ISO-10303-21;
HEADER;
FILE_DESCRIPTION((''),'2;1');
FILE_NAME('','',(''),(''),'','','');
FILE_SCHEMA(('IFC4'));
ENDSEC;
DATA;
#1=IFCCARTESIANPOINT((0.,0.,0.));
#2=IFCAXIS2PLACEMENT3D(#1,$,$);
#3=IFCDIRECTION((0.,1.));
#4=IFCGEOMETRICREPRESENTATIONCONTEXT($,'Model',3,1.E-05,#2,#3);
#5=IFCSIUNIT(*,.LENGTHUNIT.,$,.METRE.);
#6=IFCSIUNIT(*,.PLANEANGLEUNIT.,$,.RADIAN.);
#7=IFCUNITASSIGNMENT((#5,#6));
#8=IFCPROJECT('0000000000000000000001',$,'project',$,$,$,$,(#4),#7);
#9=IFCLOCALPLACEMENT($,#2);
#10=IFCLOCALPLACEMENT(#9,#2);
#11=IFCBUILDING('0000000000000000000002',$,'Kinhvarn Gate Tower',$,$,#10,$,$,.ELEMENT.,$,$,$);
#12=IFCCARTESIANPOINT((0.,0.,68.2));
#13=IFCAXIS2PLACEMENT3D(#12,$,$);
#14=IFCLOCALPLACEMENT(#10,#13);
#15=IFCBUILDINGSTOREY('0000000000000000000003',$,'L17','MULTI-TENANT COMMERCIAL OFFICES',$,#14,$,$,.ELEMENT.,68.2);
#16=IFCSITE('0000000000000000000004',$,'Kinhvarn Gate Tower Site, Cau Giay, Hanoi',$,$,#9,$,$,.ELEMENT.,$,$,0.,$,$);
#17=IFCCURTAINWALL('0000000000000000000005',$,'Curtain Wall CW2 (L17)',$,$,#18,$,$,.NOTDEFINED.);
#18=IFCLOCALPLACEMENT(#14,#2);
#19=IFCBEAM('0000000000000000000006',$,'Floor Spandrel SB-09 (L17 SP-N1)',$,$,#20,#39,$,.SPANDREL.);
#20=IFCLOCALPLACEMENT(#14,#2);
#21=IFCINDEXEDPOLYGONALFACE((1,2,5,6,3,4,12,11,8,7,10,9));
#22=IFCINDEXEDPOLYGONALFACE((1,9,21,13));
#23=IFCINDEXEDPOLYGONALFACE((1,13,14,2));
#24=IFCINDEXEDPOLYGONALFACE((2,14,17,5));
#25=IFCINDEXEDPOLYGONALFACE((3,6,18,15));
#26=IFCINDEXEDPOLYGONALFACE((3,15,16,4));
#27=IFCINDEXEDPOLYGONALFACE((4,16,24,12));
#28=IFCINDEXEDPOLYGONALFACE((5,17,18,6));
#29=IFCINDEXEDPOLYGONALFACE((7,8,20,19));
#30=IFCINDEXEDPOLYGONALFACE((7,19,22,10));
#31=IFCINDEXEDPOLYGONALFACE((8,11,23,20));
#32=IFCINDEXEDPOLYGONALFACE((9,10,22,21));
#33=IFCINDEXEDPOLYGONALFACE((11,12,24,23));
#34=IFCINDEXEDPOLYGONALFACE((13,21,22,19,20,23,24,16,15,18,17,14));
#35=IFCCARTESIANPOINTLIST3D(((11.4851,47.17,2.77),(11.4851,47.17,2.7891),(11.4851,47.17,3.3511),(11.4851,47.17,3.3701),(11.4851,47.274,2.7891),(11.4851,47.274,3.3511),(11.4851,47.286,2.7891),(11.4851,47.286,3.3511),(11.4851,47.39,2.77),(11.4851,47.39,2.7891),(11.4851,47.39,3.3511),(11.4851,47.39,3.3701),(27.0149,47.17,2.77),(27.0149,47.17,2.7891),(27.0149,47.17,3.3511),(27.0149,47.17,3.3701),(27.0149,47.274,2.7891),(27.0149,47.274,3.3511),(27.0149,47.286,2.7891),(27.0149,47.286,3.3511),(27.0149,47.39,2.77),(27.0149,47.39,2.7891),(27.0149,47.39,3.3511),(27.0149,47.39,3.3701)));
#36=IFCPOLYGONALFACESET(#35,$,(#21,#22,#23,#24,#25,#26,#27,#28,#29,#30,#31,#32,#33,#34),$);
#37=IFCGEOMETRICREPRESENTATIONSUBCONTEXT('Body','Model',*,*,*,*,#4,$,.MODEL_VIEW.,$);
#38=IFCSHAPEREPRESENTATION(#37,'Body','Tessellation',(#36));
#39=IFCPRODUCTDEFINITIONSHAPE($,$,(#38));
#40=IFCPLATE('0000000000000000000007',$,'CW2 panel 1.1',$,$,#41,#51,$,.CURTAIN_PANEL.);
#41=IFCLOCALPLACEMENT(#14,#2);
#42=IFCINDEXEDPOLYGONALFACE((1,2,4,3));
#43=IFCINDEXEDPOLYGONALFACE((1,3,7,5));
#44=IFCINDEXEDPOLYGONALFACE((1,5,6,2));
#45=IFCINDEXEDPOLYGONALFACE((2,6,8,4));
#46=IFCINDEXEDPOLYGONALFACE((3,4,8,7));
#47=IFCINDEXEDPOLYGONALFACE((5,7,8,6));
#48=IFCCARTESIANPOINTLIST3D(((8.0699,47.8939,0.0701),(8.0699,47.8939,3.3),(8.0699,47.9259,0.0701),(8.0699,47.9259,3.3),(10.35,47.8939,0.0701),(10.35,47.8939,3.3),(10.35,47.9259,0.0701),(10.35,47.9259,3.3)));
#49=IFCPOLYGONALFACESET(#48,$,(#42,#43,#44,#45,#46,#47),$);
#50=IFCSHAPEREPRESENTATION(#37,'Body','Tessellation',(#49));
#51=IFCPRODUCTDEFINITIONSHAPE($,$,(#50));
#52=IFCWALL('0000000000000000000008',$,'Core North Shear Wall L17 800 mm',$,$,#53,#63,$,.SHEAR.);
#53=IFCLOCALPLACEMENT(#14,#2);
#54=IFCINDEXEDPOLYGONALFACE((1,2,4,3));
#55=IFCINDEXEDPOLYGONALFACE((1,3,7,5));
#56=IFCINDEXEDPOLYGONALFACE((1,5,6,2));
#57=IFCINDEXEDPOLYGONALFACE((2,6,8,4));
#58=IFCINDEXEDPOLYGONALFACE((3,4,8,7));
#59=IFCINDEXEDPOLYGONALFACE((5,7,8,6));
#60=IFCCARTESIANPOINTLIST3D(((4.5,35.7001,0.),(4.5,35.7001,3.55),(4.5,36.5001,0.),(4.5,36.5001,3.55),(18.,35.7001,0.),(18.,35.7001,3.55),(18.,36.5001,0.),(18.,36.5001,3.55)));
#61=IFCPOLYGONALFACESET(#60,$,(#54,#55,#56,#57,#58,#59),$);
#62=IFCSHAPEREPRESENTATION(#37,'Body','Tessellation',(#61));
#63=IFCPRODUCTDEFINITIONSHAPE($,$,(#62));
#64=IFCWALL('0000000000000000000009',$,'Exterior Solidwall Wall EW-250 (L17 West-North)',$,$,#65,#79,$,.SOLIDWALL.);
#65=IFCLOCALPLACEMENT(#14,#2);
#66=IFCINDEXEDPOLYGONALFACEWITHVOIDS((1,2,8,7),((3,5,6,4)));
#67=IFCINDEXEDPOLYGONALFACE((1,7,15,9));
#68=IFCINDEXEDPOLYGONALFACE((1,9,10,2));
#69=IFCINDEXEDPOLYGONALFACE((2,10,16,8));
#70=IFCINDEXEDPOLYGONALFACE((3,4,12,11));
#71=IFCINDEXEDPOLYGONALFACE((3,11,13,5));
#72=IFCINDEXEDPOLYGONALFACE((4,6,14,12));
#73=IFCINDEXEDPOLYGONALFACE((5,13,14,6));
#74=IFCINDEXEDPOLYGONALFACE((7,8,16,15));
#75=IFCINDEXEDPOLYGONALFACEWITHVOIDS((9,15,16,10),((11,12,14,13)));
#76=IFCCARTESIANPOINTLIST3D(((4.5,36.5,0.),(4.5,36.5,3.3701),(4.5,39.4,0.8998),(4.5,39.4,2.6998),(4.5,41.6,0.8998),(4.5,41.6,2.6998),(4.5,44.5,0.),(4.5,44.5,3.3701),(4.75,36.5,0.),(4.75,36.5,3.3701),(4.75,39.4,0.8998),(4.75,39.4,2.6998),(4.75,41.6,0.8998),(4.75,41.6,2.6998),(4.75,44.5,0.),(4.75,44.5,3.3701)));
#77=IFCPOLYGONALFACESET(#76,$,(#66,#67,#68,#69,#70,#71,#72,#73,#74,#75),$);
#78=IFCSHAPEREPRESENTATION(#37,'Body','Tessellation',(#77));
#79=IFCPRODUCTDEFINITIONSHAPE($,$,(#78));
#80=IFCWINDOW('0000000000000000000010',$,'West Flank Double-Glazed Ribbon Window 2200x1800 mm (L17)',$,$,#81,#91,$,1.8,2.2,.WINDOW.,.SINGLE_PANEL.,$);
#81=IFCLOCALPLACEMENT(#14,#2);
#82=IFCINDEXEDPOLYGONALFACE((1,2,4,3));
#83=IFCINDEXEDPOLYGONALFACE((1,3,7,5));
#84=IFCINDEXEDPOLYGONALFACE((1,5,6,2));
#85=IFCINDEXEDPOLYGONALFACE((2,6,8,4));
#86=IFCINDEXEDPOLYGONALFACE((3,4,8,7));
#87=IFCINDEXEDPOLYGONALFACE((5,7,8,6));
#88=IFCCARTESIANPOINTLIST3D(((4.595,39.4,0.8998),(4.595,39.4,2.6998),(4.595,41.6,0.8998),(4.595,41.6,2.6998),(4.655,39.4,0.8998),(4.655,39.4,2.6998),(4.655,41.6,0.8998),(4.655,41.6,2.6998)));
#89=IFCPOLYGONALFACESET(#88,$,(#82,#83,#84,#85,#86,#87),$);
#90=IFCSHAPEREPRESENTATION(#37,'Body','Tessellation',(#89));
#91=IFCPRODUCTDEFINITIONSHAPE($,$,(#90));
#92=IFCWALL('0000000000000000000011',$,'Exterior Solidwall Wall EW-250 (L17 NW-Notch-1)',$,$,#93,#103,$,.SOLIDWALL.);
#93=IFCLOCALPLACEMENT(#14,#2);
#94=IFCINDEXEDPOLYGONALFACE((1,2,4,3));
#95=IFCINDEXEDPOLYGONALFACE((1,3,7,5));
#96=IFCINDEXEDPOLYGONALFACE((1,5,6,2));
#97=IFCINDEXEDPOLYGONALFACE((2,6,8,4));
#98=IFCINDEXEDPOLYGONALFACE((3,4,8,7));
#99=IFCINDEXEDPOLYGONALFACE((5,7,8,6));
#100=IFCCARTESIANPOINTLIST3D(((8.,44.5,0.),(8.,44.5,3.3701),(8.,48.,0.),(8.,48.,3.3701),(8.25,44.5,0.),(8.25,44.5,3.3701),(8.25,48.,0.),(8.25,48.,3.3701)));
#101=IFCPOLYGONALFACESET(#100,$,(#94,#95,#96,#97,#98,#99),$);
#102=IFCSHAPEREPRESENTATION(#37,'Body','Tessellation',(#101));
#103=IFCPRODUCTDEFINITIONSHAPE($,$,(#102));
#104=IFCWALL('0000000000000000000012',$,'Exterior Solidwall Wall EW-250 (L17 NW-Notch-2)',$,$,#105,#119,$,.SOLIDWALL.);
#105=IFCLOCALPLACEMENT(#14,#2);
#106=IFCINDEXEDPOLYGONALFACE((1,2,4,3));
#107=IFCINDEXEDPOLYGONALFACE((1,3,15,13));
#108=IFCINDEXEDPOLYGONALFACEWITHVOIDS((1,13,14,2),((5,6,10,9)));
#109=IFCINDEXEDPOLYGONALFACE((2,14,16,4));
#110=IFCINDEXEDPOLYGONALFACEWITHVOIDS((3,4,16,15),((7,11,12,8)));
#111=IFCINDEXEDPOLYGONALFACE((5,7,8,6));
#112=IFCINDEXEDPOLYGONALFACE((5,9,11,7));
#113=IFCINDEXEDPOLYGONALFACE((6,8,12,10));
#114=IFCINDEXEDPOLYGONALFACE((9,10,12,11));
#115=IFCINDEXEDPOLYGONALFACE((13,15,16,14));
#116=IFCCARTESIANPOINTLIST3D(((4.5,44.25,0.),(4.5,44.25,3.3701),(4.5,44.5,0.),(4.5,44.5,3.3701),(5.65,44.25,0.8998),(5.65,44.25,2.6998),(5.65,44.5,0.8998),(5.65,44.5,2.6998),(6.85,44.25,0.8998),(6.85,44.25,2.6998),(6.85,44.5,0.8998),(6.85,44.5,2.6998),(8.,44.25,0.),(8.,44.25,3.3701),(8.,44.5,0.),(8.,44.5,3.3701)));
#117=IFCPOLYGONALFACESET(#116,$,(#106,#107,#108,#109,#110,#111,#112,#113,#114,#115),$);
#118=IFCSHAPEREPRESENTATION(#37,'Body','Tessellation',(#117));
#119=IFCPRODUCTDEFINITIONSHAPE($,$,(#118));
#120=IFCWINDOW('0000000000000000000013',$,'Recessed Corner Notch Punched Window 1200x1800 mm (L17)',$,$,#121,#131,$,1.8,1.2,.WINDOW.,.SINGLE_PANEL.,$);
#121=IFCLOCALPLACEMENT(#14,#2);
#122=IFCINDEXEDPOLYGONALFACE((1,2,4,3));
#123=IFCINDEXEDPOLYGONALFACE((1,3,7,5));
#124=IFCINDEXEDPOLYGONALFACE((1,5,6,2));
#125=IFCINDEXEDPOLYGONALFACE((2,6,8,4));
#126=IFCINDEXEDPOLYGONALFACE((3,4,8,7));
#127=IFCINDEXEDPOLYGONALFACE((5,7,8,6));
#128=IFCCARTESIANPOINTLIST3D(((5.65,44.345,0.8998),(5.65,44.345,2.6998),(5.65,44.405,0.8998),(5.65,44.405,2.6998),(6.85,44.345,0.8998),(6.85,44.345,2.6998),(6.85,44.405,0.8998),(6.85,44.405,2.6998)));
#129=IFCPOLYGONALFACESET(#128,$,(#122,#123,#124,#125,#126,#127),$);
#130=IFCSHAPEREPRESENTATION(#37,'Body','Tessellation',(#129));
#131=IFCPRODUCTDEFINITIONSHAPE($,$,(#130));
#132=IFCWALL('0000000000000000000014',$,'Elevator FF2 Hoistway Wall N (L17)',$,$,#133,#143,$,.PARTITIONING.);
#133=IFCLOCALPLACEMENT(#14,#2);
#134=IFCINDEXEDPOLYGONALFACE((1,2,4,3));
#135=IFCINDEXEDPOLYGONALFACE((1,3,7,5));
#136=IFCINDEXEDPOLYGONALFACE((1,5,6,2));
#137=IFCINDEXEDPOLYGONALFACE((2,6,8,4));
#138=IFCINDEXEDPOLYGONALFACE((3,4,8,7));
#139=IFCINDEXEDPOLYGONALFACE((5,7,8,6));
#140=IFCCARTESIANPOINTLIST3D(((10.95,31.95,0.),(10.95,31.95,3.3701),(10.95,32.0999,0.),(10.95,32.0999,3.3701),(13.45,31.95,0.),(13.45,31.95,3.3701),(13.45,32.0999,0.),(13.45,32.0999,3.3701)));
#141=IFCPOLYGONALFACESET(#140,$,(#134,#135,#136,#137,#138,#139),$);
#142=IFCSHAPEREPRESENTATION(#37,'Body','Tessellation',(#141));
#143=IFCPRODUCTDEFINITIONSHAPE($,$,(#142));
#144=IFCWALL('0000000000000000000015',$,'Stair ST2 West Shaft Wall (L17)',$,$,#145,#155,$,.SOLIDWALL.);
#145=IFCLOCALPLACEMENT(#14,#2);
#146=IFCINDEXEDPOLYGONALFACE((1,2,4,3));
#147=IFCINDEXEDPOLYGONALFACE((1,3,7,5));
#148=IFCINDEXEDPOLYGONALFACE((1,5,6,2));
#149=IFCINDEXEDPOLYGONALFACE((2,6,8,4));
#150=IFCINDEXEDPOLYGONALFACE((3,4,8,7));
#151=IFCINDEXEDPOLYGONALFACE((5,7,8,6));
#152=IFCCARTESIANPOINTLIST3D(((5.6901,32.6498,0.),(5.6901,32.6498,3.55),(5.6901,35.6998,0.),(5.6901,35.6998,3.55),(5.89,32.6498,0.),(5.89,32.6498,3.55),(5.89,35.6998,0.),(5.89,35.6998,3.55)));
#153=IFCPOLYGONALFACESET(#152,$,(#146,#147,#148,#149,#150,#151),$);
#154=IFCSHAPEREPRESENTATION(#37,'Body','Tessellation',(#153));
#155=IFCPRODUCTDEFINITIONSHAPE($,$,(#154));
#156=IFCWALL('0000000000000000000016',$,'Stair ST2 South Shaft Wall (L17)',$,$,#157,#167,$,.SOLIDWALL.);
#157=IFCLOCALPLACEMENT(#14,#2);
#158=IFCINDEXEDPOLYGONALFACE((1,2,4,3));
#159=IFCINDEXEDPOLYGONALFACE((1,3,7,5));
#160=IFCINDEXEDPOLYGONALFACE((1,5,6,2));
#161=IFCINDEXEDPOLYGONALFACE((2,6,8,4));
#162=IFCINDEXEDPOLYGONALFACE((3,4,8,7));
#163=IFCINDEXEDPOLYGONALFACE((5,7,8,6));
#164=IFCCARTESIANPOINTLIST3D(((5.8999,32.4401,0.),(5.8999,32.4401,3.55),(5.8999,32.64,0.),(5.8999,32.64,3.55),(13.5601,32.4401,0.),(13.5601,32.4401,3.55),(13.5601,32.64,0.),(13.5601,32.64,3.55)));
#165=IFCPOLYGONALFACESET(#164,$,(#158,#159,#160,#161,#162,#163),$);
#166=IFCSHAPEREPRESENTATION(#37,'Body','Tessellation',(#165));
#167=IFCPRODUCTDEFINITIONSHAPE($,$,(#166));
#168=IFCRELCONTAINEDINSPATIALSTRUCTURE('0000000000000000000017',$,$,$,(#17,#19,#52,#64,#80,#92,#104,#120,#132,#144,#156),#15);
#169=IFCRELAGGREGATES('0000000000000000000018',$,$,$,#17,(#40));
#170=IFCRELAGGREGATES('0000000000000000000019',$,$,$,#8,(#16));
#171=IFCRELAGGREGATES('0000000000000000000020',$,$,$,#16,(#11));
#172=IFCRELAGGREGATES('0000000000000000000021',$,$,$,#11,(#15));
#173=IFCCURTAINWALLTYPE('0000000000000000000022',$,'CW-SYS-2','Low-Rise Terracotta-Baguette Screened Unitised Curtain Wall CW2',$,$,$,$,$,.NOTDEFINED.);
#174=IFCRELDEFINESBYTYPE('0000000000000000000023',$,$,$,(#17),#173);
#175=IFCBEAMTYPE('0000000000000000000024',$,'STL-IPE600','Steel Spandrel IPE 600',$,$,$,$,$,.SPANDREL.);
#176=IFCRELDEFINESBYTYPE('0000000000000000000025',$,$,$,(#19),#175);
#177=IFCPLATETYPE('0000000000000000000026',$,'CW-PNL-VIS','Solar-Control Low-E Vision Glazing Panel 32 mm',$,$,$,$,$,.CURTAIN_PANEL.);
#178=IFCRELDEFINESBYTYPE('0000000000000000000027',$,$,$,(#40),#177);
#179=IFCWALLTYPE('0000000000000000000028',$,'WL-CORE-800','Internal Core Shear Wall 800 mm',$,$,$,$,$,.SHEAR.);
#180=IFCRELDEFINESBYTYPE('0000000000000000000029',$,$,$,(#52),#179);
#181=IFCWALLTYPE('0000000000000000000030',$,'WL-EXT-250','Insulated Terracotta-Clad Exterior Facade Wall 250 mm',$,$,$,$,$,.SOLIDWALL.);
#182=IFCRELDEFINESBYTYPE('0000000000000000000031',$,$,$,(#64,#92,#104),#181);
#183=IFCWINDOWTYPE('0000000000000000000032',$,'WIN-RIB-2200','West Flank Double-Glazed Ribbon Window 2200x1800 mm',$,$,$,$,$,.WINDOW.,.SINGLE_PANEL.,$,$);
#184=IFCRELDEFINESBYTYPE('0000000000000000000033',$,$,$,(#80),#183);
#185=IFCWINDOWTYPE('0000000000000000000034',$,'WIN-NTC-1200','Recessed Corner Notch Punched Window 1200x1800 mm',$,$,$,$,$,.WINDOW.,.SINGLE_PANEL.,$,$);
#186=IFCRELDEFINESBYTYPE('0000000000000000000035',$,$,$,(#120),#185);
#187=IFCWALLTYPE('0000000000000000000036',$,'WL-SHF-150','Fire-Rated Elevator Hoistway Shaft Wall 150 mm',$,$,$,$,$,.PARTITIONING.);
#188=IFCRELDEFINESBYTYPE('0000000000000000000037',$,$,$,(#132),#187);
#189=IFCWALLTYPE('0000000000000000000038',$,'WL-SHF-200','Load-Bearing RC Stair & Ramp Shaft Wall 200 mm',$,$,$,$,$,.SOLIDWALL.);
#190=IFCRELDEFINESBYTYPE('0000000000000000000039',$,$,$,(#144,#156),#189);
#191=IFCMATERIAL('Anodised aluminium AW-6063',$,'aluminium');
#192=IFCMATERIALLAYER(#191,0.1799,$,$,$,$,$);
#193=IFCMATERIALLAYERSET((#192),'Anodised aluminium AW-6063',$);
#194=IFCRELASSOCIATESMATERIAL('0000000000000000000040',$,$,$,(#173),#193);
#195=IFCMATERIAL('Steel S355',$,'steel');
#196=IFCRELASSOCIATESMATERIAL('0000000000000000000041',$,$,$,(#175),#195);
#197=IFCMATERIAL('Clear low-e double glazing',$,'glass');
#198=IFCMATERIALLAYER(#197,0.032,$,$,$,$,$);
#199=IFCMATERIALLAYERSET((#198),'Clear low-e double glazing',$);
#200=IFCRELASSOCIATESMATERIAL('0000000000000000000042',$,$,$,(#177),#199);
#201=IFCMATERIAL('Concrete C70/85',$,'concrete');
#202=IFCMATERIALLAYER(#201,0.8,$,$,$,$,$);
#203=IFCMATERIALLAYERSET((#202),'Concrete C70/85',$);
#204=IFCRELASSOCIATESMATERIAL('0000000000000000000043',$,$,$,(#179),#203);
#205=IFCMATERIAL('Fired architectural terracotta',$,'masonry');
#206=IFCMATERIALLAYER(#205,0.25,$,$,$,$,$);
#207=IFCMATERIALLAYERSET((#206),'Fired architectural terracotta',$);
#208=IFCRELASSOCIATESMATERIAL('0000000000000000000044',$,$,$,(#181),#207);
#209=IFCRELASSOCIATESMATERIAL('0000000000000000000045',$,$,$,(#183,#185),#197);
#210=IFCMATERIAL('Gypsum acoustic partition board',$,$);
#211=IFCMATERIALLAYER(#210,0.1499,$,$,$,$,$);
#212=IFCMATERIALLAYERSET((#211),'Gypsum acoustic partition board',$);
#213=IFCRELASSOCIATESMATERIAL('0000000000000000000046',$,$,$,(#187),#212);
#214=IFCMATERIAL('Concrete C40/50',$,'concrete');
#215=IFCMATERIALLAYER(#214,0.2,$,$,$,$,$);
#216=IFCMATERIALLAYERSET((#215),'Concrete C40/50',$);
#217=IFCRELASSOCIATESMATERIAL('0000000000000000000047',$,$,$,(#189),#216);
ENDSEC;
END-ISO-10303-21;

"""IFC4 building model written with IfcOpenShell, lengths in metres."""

from ifc_helpers import new_model, si_unit, direction, frame, frame_2d, origin, origin_2d, place, context, subcontext, project, spatial, rectangle, i_section, extrude, material, layer, layer_set, material_profile, profile_set, type_object, element, fill, aggregate, save


model = new_model("IFC4")

# Units and contexts
model_context = context("Model", 3, precision=1e-05, world=origin(), true_north=direction((0.0, 1.0)))
body_context = subcontext(model_context, "Body", "Model", "MODEL_VIEW")
ifc_project = project(units=[si_unit("LENGTHUNIT", "METRE"), si_unit("PLANEANGLEUNIT", "RADIAN")], contexts=[model_context])

# Site, building, storey
site_placement = place(None, origin())
site = spatial("IfcSite", under=ifc_project, at=site_placement, Name="Kinhvarn Gate Tower Site, Cau Giay, Hanoi", CompositionType="ELEMENT", RefElevation=0.0)
building_placement = place(site_placement, origin())
building = spatial("IfcBuilding", under=site, at=building_placement, Name="Kinhvarn Gate Tower", CompositionType="ELEMENT")
storey_placement = place(building_placement, frame((0.0, 0.0, 68.2)))
storey = spatial("IfcBuildingStorey", under=building, at=storey_placement, Name="L17", Description="MULTI-TENANT COMMERCIAL OFFICES", CompositionType="ELEMENT", Elevation=68.2)

# Shared definitions
ifc_material_1 = material(Name="Concrete C70/85", Category="concrete")

# Curtain wall
ifc_material_2 = material(Name="Anodised aluminium AW-6063", Category="aluminium")
ifc_layer_1 = layer(ifc_material_2, 0.1799)
ifc_layer_set_1 = layer_set([ifc_layer_1], Name="Anodised aluminium AW-6063")
curtain_wall_type = type_object("IfcCurtainWallType", Name="CW-SYS-2", Description="Low-Rise Terracotta-Baguette Screened Unitised Curtain Wall CW2", PredefinedType="NOTDEFINED", material=ifc_layer_set_1)
curtain_wall_placement = place(storey_placement, origin())
curtain_wall = element("IfcCurtainWall", 1, at=curtain_wall_placement, inside=storey, type_object=curtain_wall_type, Name="Curtain Wall CW2 (L17)", PredefinedType="NOTDEFINED")

# Beam
ifc_material_3 = material(Name="Steel S355", Category="steel")
ifc_material_profile_1 = material_profile(ifc_material_3, i_section(OverallWidth=0.22, OverallDepth=0.6001, WebThickness=0.012, FlangeThickness=0.019, at=origin_2d()), Name="IPE 600")
ifc_profile_set_1 = profile_set([ifc_material_profile_1], Name="Steel S355")
beam_type_1 = type_object("IfcBeamType", Name="STL-IPE600", Description="Steel Spandrel IPE 600", PredefinedType="SPANDREL", material=ifc_profile_set_1)
beam_1_placement = place(storey_placement, frame((11.4851, 47.28, 3.0701), z_axis=(1.0, 0.0, 0.0), x_axis=(0.0, 1.0, 0.0)))
element("IfcBeam", 2, at=beam_1_placement, inside=storey, type_object=beam_type_1, Name="Floor Spandrel SB-09 (L17 SP-N1)", PredefinedType="SPANDREL", context=body_context, shape_type="SweptSolid", body=[
    extrude(i_section(OverallWidth=0.22, OverallDepth=0.6001, WebThickness=0.012, FlangeThickness=0.019, at=origin_2d()), origin(), (0.0, 0.0, 1.0), 15.5298),
])

# Plate
ifc_material_4 = material(Name="Clear low-e double glazing", Category="glass")
ifc_layer_2 = layer(ifc_material_4, 0.032)
ifc_layer_set_2 = layer_set([ifc_layer_2], Name="Clear low-e double glazing")
plate_type = type_object("IfcPlateType", Name="CW-PNL-VIS", Description="Solar-Control Low-E Vision Glazing Panel 32 mm", PredefinedType="CURTAIN_PANEL", material=ifc_layer_set_2)
plate_placement = place(storey_placement, frame((9.21, 47.9099, 0.0701), z_axis=(0.0, 0.0, 1.0), x_axis=(-1.0, 0.0, 0.0)))
plate = element("IfcPlate", 3, at=plate_placement, type_object=plate_type, Name="CW2 panel 1.1", PredefinedType="CURTAIN_PANEL", context=body_context, shape_type="SweptSolid", body=[
    extrude(rectangle(XDim=2.28, YDim=0.032, at=origin_2d()), origin(), (0.0, 0.0, 1.0), 3.23),
])
aggregate(curtain_wall, [plate])

# Wall
ifc_layer_3 = layer(ifc_material_1, 0.8)
ifc_layer_set_3 = layer_set([ifc_layer_3], Name="Concrete C70/85")
wall_type_1 = type_object("IfcWallType", Name="WL-CORE-800", Description="Internal Core Shear Wall 800 mm", PredefinedType="SHEAR", material=ifc_layer_set_3)
wall_1_placement = place(storey_placement, frame((4.5, 36.1001, 0.0), z_axis=(0.0, 0.0, 1.0), x_axis=(1.0, 0.0, 0.0)))
element("IfcWall", 4, at=wall_1_placement, inside=storey, type_object=wall_type_1, Name="Core North Shear Wall L17 800 mm", PredefinedType="SHEAR", context=body_context, shape_type="SweptSolid", body=[
    extrude(rectangle(XDim=13.5, YDim=0.8, at=frame_2d((6.75, 0.0))), origin(), (0.0, 0.0, 1.0), 3.55),
])

# Wall, opening, window
ifc_material_5 = material(Name="Fired architectural terracotta", Category="masonry")
ifc_layer_4 = layer(ifc_material_5, 0.25)
ifc_layer_set_4 = layer_set([ifc_layer_4], Name="Fired architectural terracotta")
wall_type_2 = type_object("IfcWallType", Name="WL-EXT-250", Description="Insulated Terracotta-Clad Exterior Facade Wall 250 mm", PredefinedType="SOLIDWALL", material=ifc_layer_set_4)
wall_2_placement = place(storey_placement, frame((4.625, 44.5, 0.0), z_axis=(0.0, 0.0, 1.0), x_axis=(0.0, -1.0, 0.0)))
wall_2 = element("IfcWall", 5, at=wall_2_placement, inside=storey, type_object=wall_type_2, Name="Exterior Solidwall Wall EW-250 (L17 West-North)", PredefinedType="SOLIDWALL", context=body_context, shape_type="SweptSolid", body=[
    extrude(rectangle(XDim=8.0, YDim=0.25, at=frame_2d((4.0, 0.0))), origin(), (0.0, 0.0, 1.0), 3.3701),
])
opening_1_placement = place(wall_2_placement, frame((2.8999, 0.0, 0.8999)))
opening_1 = element("IfcOpeningElement", 6, at=opening_1_placement, cuts=wall_2, PredefinedType="OPENING", context=body_context, shape_type="SweptSolid", body=[
    extrude(rectangle(XDim=2.2, YDim=1.8, at=frame_2d((1.1001, 0.8999))), frame((0.0, 0.135, 0.0), z_axis=(0.0, -1.0, 0.0), x_axis=(1.0, 0.0, 0.0)), (0.0, 0.0, 1.0), 0.27),
])
window_type_1 = type_object("IfcWindowType", Name="WIN-RIB-2200", Description="West Flank Double-Glazed Ribbon Window 2200x1800 mm", PartitioningType="SINGLE_PANEL", PredefinedType="WINDOW", material=ifc_material_4)
window_1_placement = place(opening_1_placement, origin())
window_1 = element("IfcWindow", 7, at=window_1_placement, inside=storey, type_object=window_type_1, Name="West Flank Double-Glazed Ribbon Window 2200x1800 mm (L17)", OverallHeight=1.8, OverallWidth=2.2, PartitioningType="SINGLE_PANEL", PredefinedType="WINDOW", context=body_context, shape_type="SweptSolid", body=[
    extrude(rectangle(XDim=2.2, YDim=1.8, at=frame_2d((1.1001, 0.8999))), frame((0.0, 0.03, 0.0), z_axis=(0.0, -1.0, 0.0), x_axis=(1.0, 0.0, 0.0)), (0.0, 0.0, 1.0), 0.0601),
])
fill(opening_1, window_1)

# Wall
wall_3_placement = place(storey_placement, frame((8.125, 48.0, 0.0), z_axis=(0.0, 0.0, 1.0), x_axis=(0.0, -1.0, 0.0)))
element("IfcWall", 8, at=wall_3_placement, inside=storey, type_object=wall_type_2, Name="Exterior Solidwall Wall EW-250 (L17 NW-Notch-1)", PredefinedType="SOLIDWALL", context=body_context, shape_type="SweptSolid", body=[
    extrude(rectangle(XDim=3.5, YDim=0.25, at=frame_2d((1.75, 0.0))), origin(), (0.0, 0.0, 1.0), 3.3701),
])

# Wall, opening, window
wall_4_placement = place(storey_placement, frame((8.0, 44.375, 0.0), z_axis=(0.0, 0.0, 1.0), x_axis=(-1.0, 0.0, 0.0)))
wall_4 = element("IfcWall", 9, at=wall_4_placement, inside=storey, type_object=wall_type_2, Name="Exterior Solidwall Wall EW-250 (L17 NW-Notch-2)", PredefinedType="SOLIDWALL", context=body_context, shape_type="SweptSolid", body=[
    extrude(rectangle(XDim=3.5, YDim=0.25, at=frame_2d((1.75, 0.0))), origin(), (0.0, 0.0, 1.0), 3.3701),
])
opening_2_placement = place(wall_4_placement, frame((1.1499, 0.0, 0.8999)))
opening_2 = element("IfcOpeningElement", 10, at=opening_2_placement, cuts=wall_4, PredefinedType="OPENING", context=body_context, shape_type="SweptSolid", body=[
    extrude(rectangle(XDim=1.2, YDim=1.8, at=frame_2d((0.6001, 0.8999))), frame((0.0, 0.135, 0.0), z_axis=(0.0, -1.0, 0.0), x_axis=(1.0, 0.0, 0.0)), (0.0, 0.0, 1.0), 0.27),
])
window_type_2 = type_object("IfcWindowType", Name="WIN-NTC-1200", Description="Recessed Corner Notch Punched Window 1200x1800 mm", PartitioningType="SINGLE_PANEL", PredefinedType="WINDOW", material=ifc_material_4)
window_2_placement = place(opening_2_placement, origin())
window_2 = element("IfcWindow", 11, at=window_2_placement, inside=storey, type_object=window_type_2, Name="Recessed Corner Notch Punched Window 1200x1800 mm (L17)", OverallHeight=1.8, OverallWidth=1.2, PartitioningType="SINGLE_PANEL", PredefinedType="WINDOW", context=body_context, shape_type="SweptSolid", body=[
    extrude(rectangle(XDim=1.2, YDim=1.8, at=frame_2d((0.6001, 0.8999))), frame((0.0, 0.03, 0.0), z_axis=(0.0, -1.0, 0.0), x_axis=(1.0, 0.0, 0.0)), (0.0, 0.0, 1.0), 0.0601),
])
fill(opening_2, window_2)

# Walls
ifc_material_6 = material(Name="Gypsum acoustic partition board")
ifc_layer_5 = layer(ifc_material_6, 0.1499)
ifc_layer_set_5 = layer_set([ifc_layer_5], Name="Gypsum acoustic partition board")
wall_type_3 = type_object("IfcWallType", Name="WL-SHF-150", Description="Fire-Rated Elevator Hoistway Shaft Wall 150 mm", PredefinedType="PARTITIONING", material=ifc_layer_set_5)
wall_5_placement = place(storey_placement, frame((10.95, 32.0249, 0.0), z_axis=(0.0, 0.0, 1.0), x_axis=(1.0, 0.0, 0.0)))
element("IfcWall", 12, at=wall_5_placement, inside=storey, type_object=wall_type_3, Name="Elevator FF2 Hoistway Wall N (L17)", PredefinedType="PARTITIONING", context=body_context, shape_type="SweptSolid", body=[
    extrude(rectangle(XDim=2.5, YDim=0.1499, at=frame_2d((1.25, 0.0))), origin(), (0.0, 0.0, 1.0), 3.3701),
])
ifc_material_7 = material(Name="Concrete C40/50", Category="concrete")
ifc_layer_6 = layer(ifc_material_7, 0.2)
ifc_layer_set_6 = layer_set([ifc_layer_6], Name="Concrete C40/50")
wall_type_4 = type_object("IfcWallType", Name="WL-SHF-200", Description="Load-Bearing RC Stair & Ramp Shaft Wall 200 mm", PredefinedType="SOLIDWALL", material=ifc_layer_set_6)
wall_6_placement = place(storey_placement, frame((5.79, 32.6499, 0.0), z_axis=(0.0, 0.0, 1.0), x_axis=(0.0, 1.0, 0.0)))
element("IfcWall", 13, at=wall_6_placement, inside=storey, type_object=wall_type_4, Name="Stair ST2 West Shaft Wall (L17)", PredefinedType="SOLIDWALL", context=body_context, shape_type="SweptSolid", body=[
    extrude(rectangle(XDim=3.05, YDim=0.2, at=frame_2d((1.5249, 0.0))), origin(), (0.0, 0.0, 1.0), 3.55),
])
wall_7_placement = place(storey_placement, frame((5.8999, 32.54, 0.0), z_axis=(0.0, 0.0, 1.0), x_axis=(1.0, 0.0, 0.0)))
element("IfcWall", 14, at=wall_7_placement, inside=storey, type_object=wall_type_4, Name="Stair ST2 South Shaft Wall (L17)", PredefinedType="SOLIDWALL", context=body_context, shape_type="SweptSolid", body=[
    extrude(rectangle(XDim=7.6602, YDim=0.2, at=frame_2d((3.8301, 0.0))), origin(), (0.0, 0.0, 1.0), 3.55),
])

save(model, "model.ifc")
